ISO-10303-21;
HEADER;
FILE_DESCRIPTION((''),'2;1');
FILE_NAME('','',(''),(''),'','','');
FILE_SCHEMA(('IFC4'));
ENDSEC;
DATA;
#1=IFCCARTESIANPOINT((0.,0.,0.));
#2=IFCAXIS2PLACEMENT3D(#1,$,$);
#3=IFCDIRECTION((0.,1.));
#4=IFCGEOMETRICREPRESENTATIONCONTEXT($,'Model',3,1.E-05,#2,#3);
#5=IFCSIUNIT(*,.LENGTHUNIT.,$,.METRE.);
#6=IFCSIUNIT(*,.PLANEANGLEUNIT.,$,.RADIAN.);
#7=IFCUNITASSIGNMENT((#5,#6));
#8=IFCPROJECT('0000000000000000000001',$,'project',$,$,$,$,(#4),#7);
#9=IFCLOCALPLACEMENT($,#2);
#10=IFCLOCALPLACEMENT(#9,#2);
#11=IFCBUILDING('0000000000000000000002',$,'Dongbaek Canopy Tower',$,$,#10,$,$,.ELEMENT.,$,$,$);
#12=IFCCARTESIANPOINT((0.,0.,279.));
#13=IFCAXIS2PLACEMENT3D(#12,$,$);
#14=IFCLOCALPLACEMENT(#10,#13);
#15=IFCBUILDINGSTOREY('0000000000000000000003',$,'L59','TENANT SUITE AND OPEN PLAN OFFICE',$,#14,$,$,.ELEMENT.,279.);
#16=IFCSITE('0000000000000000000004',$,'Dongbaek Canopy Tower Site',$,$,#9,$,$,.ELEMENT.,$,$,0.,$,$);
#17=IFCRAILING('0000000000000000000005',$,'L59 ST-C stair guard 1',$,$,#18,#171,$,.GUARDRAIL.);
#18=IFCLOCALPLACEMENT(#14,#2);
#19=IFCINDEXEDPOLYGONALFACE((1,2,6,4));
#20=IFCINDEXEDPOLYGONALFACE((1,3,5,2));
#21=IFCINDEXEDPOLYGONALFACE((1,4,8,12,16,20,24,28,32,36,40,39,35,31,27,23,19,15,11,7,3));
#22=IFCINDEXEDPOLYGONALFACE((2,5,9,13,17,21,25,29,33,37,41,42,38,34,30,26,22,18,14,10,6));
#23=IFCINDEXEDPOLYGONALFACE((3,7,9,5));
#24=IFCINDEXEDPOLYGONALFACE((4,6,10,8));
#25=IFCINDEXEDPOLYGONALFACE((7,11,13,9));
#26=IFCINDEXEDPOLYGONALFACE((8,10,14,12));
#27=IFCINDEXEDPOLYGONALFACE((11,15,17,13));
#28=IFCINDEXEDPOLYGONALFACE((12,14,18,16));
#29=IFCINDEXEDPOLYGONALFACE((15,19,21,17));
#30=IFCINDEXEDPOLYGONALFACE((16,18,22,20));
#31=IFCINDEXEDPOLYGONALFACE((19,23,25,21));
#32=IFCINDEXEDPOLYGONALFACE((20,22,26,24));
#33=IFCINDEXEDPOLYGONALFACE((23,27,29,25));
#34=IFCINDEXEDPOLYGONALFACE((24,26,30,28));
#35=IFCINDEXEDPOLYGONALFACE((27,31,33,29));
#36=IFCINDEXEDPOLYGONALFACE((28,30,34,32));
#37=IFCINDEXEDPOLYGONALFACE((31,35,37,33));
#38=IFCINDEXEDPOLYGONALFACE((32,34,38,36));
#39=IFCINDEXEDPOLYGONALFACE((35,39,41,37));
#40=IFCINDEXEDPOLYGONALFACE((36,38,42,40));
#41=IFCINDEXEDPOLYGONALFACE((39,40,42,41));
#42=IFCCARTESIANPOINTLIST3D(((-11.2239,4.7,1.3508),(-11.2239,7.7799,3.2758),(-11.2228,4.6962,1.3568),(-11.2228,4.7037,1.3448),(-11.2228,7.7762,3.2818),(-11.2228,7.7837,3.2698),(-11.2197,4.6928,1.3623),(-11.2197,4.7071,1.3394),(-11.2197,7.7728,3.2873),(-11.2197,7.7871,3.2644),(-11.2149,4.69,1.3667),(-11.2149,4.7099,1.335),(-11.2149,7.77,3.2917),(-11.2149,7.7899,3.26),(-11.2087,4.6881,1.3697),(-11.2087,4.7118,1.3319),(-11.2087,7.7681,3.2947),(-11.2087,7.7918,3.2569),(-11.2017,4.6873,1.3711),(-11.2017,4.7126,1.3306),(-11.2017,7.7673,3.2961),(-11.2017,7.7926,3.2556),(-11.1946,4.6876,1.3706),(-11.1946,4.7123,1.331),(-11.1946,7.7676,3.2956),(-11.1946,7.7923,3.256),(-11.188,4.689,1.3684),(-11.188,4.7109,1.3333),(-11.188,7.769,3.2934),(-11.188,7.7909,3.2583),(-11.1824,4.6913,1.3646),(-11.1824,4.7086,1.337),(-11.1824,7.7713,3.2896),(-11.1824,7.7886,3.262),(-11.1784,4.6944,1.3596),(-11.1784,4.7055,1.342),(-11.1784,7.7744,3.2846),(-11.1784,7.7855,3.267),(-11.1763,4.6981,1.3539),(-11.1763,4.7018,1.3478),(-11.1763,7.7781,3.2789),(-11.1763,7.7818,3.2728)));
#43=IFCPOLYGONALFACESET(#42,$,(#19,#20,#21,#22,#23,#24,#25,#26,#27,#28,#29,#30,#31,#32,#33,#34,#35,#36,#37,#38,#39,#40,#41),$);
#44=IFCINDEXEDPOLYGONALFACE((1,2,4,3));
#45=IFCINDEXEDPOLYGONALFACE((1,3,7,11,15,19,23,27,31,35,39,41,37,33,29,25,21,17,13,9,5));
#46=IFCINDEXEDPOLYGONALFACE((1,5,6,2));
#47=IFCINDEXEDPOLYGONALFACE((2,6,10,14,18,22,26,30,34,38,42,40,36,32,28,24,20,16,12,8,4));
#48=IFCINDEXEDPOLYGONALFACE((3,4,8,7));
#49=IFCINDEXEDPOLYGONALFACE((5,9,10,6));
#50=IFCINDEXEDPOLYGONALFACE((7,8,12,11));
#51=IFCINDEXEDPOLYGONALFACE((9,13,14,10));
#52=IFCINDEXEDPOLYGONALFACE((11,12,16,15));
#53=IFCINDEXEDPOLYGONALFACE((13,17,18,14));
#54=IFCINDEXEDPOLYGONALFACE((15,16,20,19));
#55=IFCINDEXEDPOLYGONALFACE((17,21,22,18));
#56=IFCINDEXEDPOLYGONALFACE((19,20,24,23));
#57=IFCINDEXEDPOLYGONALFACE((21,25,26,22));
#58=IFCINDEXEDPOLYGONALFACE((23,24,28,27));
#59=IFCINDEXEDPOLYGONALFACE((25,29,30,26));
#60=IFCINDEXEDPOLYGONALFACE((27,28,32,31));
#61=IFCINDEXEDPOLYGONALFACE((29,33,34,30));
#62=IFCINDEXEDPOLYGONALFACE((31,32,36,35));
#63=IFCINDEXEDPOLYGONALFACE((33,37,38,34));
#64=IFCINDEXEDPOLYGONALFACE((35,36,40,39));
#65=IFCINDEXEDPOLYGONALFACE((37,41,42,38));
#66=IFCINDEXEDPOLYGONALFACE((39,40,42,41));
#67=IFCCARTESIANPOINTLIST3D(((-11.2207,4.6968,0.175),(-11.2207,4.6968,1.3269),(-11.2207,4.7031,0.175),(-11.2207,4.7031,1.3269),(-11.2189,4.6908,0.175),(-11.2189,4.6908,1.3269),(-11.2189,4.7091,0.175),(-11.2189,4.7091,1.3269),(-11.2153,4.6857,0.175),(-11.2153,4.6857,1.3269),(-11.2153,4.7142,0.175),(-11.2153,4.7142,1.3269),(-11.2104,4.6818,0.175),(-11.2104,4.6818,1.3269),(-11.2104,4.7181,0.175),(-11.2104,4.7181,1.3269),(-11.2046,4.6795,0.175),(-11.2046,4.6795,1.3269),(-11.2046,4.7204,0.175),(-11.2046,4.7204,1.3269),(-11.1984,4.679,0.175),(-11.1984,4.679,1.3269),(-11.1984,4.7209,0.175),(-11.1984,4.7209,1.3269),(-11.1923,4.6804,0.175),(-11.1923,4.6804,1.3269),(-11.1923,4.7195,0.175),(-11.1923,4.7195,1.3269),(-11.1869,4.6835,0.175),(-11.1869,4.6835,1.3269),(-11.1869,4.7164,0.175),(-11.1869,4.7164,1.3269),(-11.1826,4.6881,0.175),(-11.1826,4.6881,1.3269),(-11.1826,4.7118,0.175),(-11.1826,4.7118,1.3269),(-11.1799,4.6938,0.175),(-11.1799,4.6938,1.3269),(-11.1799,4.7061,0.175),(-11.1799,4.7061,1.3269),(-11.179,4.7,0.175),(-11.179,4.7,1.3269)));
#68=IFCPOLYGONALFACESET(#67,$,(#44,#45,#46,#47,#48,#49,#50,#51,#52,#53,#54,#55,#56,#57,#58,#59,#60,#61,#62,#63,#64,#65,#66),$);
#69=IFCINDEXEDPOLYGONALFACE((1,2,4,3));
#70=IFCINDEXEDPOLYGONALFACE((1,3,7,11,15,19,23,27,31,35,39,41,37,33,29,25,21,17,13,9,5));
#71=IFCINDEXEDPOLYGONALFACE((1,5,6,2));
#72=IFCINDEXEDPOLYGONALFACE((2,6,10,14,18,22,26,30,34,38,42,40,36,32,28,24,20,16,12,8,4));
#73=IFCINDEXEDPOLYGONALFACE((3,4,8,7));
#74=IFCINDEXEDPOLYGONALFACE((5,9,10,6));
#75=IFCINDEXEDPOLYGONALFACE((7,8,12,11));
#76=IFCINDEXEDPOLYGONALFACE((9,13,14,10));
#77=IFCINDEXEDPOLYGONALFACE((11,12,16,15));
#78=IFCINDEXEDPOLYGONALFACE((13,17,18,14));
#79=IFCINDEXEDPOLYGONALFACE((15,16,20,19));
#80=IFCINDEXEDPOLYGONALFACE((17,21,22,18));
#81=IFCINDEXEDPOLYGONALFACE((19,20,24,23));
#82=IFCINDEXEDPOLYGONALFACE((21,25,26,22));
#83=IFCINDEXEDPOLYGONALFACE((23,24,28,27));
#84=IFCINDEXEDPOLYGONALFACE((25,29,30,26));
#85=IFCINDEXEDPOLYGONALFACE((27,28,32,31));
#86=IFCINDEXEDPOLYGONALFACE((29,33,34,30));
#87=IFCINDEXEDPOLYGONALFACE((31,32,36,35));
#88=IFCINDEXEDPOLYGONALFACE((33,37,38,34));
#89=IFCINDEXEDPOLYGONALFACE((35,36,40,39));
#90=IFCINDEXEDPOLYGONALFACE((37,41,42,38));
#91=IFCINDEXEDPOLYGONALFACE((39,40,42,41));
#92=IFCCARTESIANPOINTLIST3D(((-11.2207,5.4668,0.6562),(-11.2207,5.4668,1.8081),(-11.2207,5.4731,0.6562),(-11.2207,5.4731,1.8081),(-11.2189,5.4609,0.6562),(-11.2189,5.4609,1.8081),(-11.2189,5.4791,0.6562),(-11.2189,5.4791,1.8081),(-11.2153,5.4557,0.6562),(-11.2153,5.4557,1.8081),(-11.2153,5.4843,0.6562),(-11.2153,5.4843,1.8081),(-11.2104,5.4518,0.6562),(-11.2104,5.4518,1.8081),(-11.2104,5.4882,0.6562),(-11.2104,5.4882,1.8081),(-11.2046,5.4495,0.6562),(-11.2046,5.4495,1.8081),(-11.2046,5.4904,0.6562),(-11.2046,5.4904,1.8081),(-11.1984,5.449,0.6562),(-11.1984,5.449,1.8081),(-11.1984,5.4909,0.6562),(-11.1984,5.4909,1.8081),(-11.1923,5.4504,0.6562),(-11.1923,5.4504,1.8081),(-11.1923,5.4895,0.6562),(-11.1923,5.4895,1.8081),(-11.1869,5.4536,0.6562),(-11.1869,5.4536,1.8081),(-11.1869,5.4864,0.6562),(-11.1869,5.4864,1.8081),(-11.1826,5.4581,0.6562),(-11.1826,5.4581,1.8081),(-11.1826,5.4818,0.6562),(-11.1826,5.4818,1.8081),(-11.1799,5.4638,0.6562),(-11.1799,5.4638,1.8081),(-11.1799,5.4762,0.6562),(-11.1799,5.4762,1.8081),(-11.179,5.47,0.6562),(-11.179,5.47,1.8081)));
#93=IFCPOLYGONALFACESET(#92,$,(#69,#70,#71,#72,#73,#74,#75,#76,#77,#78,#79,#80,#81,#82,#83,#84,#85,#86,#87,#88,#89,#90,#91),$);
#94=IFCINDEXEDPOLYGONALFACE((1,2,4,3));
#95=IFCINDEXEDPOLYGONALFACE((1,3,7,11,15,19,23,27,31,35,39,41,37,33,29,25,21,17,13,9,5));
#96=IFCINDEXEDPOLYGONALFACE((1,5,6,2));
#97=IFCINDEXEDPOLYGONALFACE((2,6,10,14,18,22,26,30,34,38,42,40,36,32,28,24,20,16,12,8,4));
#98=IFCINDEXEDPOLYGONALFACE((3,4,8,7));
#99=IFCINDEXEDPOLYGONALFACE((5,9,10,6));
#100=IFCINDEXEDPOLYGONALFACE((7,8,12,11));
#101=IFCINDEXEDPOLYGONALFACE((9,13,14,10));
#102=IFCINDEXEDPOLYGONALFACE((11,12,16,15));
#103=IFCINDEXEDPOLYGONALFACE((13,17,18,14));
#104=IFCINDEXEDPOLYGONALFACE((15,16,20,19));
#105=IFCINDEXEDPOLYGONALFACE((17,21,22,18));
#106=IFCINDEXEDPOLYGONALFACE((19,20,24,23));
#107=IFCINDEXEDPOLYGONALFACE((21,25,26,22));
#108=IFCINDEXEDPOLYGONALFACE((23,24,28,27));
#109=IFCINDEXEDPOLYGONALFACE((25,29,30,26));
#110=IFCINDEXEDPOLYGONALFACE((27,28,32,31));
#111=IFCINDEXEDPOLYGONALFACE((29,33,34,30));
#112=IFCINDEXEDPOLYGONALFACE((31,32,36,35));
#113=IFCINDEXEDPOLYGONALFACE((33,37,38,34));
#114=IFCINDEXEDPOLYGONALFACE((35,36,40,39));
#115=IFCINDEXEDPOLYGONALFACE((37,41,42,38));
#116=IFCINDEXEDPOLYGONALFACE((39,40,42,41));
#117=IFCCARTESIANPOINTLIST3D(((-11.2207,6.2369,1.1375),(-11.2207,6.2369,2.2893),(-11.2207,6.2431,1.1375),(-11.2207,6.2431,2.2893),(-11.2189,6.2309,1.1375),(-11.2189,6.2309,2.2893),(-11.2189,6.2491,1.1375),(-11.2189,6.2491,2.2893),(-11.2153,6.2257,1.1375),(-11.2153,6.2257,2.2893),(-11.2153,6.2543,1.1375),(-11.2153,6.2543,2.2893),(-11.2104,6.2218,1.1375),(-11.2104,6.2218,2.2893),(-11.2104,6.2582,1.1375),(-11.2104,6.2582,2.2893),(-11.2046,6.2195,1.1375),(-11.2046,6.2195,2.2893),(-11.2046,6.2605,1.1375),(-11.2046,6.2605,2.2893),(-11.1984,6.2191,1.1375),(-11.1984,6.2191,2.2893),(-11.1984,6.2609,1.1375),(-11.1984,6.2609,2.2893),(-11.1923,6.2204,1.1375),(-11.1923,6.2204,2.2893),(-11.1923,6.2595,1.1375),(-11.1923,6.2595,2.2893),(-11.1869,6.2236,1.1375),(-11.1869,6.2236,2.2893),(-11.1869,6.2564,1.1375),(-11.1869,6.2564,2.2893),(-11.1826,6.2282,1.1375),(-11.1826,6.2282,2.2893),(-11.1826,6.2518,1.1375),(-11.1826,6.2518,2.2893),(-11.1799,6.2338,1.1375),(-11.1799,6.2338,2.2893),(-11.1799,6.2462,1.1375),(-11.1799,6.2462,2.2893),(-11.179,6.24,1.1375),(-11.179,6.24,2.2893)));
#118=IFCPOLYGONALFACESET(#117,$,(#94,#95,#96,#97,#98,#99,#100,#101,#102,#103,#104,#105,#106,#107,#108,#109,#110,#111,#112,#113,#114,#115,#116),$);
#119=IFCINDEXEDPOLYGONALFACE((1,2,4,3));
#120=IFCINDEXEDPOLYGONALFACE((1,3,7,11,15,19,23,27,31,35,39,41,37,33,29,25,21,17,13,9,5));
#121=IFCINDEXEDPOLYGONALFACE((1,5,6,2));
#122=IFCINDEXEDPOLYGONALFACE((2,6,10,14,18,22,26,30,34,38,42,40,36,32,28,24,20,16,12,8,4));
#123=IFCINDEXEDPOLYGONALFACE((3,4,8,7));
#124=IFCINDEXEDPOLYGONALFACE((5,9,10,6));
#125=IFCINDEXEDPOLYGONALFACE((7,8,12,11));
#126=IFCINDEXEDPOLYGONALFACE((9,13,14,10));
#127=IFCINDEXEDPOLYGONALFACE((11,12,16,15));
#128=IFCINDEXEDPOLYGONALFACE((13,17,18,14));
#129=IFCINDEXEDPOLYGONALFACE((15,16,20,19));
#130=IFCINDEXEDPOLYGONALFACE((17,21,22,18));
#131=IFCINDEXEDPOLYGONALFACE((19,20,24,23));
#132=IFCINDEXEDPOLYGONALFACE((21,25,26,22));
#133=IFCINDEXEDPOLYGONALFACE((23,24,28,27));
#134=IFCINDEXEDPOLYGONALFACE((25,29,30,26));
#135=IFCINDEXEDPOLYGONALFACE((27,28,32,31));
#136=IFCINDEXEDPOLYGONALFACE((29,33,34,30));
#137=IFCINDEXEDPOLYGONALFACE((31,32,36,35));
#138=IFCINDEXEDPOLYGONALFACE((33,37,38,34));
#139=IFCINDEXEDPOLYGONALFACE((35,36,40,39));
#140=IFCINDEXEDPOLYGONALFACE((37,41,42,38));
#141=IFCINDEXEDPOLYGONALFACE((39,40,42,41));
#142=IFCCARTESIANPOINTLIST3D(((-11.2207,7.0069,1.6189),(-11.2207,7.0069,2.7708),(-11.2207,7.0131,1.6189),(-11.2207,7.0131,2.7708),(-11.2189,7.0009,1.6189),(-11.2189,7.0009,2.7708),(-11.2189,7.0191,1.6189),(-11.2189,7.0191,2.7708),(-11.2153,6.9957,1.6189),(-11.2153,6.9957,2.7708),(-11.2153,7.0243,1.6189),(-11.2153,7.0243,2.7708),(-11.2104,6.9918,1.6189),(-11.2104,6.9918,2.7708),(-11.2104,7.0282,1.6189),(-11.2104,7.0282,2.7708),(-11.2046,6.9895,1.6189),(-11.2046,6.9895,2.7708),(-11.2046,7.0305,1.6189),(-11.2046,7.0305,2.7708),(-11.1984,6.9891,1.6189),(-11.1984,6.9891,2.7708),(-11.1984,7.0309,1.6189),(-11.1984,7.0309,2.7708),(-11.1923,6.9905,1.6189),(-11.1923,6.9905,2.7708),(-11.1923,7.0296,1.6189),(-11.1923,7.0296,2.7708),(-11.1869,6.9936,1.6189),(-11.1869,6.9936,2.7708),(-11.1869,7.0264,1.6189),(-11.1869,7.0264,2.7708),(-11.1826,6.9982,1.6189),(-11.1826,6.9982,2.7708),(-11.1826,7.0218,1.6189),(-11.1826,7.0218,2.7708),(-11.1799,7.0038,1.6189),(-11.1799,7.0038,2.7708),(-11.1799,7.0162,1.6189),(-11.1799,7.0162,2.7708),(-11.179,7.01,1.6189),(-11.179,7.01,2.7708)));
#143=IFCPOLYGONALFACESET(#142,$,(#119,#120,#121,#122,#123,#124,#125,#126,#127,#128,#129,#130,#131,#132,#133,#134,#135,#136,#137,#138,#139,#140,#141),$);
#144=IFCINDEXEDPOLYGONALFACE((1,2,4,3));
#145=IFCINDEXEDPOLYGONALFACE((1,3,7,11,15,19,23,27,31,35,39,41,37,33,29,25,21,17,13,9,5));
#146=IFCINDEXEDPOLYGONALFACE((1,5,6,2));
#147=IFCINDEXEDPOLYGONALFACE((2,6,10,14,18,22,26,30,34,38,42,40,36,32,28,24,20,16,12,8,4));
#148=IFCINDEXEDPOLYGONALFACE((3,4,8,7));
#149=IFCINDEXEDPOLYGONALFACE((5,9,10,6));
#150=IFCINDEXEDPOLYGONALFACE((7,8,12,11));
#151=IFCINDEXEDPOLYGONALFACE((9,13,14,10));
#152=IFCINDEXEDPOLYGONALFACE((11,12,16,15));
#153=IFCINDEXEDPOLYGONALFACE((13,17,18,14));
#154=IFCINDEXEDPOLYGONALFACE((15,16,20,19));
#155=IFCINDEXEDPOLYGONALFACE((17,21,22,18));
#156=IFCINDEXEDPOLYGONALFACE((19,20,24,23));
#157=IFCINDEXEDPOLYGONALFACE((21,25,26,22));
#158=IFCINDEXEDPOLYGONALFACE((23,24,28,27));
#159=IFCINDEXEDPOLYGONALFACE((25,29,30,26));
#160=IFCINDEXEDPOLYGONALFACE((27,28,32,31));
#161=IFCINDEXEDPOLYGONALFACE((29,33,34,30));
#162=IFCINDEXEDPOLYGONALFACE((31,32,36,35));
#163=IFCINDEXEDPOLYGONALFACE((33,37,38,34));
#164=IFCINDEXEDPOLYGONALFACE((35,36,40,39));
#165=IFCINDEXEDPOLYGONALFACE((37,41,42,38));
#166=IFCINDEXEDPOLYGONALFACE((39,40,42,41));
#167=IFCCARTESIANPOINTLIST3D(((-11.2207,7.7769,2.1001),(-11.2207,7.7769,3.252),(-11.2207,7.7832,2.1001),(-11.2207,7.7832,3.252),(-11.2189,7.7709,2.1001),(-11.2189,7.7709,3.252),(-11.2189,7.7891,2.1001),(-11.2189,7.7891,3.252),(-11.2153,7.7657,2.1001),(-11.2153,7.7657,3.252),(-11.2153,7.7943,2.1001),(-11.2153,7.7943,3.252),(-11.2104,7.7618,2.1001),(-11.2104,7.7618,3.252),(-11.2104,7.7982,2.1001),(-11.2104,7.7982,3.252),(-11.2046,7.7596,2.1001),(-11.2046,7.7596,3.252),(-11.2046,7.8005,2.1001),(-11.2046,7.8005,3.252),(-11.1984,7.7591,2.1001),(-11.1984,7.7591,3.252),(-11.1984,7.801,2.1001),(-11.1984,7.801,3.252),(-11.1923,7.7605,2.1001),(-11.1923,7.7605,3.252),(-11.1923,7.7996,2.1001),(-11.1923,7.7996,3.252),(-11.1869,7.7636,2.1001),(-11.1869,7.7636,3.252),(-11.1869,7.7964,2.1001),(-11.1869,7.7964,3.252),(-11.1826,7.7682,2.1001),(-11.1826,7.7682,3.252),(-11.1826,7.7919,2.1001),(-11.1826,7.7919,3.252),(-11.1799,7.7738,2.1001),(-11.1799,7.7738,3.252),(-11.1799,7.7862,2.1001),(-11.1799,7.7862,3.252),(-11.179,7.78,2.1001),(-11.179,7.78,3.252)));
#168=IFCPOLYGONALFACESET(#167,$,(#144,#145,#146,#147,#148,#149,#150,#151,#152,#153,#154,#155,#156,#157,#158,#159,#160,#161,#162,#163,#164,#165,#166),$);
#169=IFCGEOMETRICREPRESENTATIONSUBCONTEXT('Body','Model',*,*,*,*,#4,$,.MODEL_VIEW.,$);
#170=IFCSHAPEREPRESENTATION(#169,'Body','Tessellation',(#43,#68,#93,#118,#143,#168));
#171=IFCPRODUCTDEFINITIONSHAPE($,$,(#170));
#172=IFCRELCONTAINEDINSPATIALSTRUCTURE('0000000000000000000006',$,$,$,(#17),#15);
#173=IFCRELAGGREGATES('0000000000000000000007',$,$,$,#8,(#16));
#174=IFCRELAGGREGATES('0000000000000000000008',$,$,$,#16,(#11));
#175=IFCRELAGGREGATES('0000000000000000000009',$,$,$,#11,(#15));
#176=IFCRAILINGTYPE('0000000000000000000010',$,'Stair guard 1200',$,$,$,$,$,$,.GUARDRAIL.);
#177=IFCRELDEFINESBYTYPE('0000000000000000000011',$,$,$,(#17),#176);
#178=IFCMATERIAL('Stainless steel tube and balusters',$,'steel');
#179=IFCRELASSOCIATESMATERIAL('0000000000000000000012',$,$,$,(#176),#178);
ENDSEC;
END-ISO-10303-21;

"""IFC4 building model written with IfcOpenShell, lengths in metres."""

from ifc_helpers import new_model, si_unit, direction, frame, origin, origin_2d, place, context, subcontext, project, spatial, circle, extrude, material, type_object, element, save


model = new_model("IFC4")

# Units and contexts
model_context = context("Model", 3, precision=1e-05, world=origin(), true_north=direction((0.0, 1.0)))
body_context = subcontext(model_context, "Body", "Model", "MODEL_VIEW")
ifc_project = project(units=[si_unit("LENGTHUNIT", "METRE"), si_unit("PLANEANGLEUNIT", "RADIAN")], contexts=[model_context])

# Site, building, storey
site_placement = place(None, origin())
site = spatial("IfcSite", under=ifc_project, at=site_placement, Name="Dongbaek Canopy Tower Site", CompositionType="ELEMENT", RefElevation=0.0)
building_placement = place(site_placement, origin())
building = spatial("IfcBuilding", under=site, at=building_placement, Name="Dongbaek Canopy Tower", CompositionType="ELEMENT")
storey_placement = place(building_placement, frame((0.0, 0.0, 279.0)))
storey = spatial("IfcBuildingStorey", under=building, at=storey_placement, Name="L59", Description="TENANT SUITE AND OPEN PLAN OFFICE", CompositionType="ELEMENT", Elevation=279.0)

# Railing
ifc_material_1 = material(Name="Stainless steel tube and balusters", Category="steel")
railing_type_1 = type_object("IfcRailingType", Name="Stair guard 1200", PredefinedType="GUARDRAIL", material=ifc_material_1)
railing_1_placement = place(storey_placement, frame((-11.2, 4.7, 0.175)))
element("IfcRailing", 1, at=railing_1_placement, inside=storey, type_object=railing_type_1, Name="L59 ST-C stair guard 1", PredefinedType="GUARDRAIL", context=body_context, shape_type="SweptSolid", body=[
    extrude(circle(Radius=0.0239, at=origin_2d()), frame((0.0, 0.0, 1.1758), z_axis=(0.0, 0.847998, 0.529999), x_axis=(-1.0, 0.0, 0.0)), (0.0, 0.0, 1.0), 3.6321),
    extrude(circle(Radius=0.021, at=origin_2d()), origin(), (0.0, 0.0, 1.0), 1.1519),
    extrude(circle(Radius=0.021, at=origin_2d()), frame((0.0, 0.77, 0.4812)), (0.0, 0.0, 1.0), 1.1519),
    extrude(circle(Radius=0.021, at=origin_2d()), frame((0.0, 1.54, 0.9624)), (0.0, 0.0, 1.0), 1.1519),
    extrude(circle(Radius=0.021, at=origin_2d()), frame((0.0, 2.3101, 1.4438)), (0.0, 0.0, 1.0), 1.1519),
    extrude(circle(Radius=0.021, at=origin_2d()), frame((0.0, 3.0801, 1.925)), (0.0, 0.0, 1.0), 1.1519),
])

save(model, "model.ifc")
